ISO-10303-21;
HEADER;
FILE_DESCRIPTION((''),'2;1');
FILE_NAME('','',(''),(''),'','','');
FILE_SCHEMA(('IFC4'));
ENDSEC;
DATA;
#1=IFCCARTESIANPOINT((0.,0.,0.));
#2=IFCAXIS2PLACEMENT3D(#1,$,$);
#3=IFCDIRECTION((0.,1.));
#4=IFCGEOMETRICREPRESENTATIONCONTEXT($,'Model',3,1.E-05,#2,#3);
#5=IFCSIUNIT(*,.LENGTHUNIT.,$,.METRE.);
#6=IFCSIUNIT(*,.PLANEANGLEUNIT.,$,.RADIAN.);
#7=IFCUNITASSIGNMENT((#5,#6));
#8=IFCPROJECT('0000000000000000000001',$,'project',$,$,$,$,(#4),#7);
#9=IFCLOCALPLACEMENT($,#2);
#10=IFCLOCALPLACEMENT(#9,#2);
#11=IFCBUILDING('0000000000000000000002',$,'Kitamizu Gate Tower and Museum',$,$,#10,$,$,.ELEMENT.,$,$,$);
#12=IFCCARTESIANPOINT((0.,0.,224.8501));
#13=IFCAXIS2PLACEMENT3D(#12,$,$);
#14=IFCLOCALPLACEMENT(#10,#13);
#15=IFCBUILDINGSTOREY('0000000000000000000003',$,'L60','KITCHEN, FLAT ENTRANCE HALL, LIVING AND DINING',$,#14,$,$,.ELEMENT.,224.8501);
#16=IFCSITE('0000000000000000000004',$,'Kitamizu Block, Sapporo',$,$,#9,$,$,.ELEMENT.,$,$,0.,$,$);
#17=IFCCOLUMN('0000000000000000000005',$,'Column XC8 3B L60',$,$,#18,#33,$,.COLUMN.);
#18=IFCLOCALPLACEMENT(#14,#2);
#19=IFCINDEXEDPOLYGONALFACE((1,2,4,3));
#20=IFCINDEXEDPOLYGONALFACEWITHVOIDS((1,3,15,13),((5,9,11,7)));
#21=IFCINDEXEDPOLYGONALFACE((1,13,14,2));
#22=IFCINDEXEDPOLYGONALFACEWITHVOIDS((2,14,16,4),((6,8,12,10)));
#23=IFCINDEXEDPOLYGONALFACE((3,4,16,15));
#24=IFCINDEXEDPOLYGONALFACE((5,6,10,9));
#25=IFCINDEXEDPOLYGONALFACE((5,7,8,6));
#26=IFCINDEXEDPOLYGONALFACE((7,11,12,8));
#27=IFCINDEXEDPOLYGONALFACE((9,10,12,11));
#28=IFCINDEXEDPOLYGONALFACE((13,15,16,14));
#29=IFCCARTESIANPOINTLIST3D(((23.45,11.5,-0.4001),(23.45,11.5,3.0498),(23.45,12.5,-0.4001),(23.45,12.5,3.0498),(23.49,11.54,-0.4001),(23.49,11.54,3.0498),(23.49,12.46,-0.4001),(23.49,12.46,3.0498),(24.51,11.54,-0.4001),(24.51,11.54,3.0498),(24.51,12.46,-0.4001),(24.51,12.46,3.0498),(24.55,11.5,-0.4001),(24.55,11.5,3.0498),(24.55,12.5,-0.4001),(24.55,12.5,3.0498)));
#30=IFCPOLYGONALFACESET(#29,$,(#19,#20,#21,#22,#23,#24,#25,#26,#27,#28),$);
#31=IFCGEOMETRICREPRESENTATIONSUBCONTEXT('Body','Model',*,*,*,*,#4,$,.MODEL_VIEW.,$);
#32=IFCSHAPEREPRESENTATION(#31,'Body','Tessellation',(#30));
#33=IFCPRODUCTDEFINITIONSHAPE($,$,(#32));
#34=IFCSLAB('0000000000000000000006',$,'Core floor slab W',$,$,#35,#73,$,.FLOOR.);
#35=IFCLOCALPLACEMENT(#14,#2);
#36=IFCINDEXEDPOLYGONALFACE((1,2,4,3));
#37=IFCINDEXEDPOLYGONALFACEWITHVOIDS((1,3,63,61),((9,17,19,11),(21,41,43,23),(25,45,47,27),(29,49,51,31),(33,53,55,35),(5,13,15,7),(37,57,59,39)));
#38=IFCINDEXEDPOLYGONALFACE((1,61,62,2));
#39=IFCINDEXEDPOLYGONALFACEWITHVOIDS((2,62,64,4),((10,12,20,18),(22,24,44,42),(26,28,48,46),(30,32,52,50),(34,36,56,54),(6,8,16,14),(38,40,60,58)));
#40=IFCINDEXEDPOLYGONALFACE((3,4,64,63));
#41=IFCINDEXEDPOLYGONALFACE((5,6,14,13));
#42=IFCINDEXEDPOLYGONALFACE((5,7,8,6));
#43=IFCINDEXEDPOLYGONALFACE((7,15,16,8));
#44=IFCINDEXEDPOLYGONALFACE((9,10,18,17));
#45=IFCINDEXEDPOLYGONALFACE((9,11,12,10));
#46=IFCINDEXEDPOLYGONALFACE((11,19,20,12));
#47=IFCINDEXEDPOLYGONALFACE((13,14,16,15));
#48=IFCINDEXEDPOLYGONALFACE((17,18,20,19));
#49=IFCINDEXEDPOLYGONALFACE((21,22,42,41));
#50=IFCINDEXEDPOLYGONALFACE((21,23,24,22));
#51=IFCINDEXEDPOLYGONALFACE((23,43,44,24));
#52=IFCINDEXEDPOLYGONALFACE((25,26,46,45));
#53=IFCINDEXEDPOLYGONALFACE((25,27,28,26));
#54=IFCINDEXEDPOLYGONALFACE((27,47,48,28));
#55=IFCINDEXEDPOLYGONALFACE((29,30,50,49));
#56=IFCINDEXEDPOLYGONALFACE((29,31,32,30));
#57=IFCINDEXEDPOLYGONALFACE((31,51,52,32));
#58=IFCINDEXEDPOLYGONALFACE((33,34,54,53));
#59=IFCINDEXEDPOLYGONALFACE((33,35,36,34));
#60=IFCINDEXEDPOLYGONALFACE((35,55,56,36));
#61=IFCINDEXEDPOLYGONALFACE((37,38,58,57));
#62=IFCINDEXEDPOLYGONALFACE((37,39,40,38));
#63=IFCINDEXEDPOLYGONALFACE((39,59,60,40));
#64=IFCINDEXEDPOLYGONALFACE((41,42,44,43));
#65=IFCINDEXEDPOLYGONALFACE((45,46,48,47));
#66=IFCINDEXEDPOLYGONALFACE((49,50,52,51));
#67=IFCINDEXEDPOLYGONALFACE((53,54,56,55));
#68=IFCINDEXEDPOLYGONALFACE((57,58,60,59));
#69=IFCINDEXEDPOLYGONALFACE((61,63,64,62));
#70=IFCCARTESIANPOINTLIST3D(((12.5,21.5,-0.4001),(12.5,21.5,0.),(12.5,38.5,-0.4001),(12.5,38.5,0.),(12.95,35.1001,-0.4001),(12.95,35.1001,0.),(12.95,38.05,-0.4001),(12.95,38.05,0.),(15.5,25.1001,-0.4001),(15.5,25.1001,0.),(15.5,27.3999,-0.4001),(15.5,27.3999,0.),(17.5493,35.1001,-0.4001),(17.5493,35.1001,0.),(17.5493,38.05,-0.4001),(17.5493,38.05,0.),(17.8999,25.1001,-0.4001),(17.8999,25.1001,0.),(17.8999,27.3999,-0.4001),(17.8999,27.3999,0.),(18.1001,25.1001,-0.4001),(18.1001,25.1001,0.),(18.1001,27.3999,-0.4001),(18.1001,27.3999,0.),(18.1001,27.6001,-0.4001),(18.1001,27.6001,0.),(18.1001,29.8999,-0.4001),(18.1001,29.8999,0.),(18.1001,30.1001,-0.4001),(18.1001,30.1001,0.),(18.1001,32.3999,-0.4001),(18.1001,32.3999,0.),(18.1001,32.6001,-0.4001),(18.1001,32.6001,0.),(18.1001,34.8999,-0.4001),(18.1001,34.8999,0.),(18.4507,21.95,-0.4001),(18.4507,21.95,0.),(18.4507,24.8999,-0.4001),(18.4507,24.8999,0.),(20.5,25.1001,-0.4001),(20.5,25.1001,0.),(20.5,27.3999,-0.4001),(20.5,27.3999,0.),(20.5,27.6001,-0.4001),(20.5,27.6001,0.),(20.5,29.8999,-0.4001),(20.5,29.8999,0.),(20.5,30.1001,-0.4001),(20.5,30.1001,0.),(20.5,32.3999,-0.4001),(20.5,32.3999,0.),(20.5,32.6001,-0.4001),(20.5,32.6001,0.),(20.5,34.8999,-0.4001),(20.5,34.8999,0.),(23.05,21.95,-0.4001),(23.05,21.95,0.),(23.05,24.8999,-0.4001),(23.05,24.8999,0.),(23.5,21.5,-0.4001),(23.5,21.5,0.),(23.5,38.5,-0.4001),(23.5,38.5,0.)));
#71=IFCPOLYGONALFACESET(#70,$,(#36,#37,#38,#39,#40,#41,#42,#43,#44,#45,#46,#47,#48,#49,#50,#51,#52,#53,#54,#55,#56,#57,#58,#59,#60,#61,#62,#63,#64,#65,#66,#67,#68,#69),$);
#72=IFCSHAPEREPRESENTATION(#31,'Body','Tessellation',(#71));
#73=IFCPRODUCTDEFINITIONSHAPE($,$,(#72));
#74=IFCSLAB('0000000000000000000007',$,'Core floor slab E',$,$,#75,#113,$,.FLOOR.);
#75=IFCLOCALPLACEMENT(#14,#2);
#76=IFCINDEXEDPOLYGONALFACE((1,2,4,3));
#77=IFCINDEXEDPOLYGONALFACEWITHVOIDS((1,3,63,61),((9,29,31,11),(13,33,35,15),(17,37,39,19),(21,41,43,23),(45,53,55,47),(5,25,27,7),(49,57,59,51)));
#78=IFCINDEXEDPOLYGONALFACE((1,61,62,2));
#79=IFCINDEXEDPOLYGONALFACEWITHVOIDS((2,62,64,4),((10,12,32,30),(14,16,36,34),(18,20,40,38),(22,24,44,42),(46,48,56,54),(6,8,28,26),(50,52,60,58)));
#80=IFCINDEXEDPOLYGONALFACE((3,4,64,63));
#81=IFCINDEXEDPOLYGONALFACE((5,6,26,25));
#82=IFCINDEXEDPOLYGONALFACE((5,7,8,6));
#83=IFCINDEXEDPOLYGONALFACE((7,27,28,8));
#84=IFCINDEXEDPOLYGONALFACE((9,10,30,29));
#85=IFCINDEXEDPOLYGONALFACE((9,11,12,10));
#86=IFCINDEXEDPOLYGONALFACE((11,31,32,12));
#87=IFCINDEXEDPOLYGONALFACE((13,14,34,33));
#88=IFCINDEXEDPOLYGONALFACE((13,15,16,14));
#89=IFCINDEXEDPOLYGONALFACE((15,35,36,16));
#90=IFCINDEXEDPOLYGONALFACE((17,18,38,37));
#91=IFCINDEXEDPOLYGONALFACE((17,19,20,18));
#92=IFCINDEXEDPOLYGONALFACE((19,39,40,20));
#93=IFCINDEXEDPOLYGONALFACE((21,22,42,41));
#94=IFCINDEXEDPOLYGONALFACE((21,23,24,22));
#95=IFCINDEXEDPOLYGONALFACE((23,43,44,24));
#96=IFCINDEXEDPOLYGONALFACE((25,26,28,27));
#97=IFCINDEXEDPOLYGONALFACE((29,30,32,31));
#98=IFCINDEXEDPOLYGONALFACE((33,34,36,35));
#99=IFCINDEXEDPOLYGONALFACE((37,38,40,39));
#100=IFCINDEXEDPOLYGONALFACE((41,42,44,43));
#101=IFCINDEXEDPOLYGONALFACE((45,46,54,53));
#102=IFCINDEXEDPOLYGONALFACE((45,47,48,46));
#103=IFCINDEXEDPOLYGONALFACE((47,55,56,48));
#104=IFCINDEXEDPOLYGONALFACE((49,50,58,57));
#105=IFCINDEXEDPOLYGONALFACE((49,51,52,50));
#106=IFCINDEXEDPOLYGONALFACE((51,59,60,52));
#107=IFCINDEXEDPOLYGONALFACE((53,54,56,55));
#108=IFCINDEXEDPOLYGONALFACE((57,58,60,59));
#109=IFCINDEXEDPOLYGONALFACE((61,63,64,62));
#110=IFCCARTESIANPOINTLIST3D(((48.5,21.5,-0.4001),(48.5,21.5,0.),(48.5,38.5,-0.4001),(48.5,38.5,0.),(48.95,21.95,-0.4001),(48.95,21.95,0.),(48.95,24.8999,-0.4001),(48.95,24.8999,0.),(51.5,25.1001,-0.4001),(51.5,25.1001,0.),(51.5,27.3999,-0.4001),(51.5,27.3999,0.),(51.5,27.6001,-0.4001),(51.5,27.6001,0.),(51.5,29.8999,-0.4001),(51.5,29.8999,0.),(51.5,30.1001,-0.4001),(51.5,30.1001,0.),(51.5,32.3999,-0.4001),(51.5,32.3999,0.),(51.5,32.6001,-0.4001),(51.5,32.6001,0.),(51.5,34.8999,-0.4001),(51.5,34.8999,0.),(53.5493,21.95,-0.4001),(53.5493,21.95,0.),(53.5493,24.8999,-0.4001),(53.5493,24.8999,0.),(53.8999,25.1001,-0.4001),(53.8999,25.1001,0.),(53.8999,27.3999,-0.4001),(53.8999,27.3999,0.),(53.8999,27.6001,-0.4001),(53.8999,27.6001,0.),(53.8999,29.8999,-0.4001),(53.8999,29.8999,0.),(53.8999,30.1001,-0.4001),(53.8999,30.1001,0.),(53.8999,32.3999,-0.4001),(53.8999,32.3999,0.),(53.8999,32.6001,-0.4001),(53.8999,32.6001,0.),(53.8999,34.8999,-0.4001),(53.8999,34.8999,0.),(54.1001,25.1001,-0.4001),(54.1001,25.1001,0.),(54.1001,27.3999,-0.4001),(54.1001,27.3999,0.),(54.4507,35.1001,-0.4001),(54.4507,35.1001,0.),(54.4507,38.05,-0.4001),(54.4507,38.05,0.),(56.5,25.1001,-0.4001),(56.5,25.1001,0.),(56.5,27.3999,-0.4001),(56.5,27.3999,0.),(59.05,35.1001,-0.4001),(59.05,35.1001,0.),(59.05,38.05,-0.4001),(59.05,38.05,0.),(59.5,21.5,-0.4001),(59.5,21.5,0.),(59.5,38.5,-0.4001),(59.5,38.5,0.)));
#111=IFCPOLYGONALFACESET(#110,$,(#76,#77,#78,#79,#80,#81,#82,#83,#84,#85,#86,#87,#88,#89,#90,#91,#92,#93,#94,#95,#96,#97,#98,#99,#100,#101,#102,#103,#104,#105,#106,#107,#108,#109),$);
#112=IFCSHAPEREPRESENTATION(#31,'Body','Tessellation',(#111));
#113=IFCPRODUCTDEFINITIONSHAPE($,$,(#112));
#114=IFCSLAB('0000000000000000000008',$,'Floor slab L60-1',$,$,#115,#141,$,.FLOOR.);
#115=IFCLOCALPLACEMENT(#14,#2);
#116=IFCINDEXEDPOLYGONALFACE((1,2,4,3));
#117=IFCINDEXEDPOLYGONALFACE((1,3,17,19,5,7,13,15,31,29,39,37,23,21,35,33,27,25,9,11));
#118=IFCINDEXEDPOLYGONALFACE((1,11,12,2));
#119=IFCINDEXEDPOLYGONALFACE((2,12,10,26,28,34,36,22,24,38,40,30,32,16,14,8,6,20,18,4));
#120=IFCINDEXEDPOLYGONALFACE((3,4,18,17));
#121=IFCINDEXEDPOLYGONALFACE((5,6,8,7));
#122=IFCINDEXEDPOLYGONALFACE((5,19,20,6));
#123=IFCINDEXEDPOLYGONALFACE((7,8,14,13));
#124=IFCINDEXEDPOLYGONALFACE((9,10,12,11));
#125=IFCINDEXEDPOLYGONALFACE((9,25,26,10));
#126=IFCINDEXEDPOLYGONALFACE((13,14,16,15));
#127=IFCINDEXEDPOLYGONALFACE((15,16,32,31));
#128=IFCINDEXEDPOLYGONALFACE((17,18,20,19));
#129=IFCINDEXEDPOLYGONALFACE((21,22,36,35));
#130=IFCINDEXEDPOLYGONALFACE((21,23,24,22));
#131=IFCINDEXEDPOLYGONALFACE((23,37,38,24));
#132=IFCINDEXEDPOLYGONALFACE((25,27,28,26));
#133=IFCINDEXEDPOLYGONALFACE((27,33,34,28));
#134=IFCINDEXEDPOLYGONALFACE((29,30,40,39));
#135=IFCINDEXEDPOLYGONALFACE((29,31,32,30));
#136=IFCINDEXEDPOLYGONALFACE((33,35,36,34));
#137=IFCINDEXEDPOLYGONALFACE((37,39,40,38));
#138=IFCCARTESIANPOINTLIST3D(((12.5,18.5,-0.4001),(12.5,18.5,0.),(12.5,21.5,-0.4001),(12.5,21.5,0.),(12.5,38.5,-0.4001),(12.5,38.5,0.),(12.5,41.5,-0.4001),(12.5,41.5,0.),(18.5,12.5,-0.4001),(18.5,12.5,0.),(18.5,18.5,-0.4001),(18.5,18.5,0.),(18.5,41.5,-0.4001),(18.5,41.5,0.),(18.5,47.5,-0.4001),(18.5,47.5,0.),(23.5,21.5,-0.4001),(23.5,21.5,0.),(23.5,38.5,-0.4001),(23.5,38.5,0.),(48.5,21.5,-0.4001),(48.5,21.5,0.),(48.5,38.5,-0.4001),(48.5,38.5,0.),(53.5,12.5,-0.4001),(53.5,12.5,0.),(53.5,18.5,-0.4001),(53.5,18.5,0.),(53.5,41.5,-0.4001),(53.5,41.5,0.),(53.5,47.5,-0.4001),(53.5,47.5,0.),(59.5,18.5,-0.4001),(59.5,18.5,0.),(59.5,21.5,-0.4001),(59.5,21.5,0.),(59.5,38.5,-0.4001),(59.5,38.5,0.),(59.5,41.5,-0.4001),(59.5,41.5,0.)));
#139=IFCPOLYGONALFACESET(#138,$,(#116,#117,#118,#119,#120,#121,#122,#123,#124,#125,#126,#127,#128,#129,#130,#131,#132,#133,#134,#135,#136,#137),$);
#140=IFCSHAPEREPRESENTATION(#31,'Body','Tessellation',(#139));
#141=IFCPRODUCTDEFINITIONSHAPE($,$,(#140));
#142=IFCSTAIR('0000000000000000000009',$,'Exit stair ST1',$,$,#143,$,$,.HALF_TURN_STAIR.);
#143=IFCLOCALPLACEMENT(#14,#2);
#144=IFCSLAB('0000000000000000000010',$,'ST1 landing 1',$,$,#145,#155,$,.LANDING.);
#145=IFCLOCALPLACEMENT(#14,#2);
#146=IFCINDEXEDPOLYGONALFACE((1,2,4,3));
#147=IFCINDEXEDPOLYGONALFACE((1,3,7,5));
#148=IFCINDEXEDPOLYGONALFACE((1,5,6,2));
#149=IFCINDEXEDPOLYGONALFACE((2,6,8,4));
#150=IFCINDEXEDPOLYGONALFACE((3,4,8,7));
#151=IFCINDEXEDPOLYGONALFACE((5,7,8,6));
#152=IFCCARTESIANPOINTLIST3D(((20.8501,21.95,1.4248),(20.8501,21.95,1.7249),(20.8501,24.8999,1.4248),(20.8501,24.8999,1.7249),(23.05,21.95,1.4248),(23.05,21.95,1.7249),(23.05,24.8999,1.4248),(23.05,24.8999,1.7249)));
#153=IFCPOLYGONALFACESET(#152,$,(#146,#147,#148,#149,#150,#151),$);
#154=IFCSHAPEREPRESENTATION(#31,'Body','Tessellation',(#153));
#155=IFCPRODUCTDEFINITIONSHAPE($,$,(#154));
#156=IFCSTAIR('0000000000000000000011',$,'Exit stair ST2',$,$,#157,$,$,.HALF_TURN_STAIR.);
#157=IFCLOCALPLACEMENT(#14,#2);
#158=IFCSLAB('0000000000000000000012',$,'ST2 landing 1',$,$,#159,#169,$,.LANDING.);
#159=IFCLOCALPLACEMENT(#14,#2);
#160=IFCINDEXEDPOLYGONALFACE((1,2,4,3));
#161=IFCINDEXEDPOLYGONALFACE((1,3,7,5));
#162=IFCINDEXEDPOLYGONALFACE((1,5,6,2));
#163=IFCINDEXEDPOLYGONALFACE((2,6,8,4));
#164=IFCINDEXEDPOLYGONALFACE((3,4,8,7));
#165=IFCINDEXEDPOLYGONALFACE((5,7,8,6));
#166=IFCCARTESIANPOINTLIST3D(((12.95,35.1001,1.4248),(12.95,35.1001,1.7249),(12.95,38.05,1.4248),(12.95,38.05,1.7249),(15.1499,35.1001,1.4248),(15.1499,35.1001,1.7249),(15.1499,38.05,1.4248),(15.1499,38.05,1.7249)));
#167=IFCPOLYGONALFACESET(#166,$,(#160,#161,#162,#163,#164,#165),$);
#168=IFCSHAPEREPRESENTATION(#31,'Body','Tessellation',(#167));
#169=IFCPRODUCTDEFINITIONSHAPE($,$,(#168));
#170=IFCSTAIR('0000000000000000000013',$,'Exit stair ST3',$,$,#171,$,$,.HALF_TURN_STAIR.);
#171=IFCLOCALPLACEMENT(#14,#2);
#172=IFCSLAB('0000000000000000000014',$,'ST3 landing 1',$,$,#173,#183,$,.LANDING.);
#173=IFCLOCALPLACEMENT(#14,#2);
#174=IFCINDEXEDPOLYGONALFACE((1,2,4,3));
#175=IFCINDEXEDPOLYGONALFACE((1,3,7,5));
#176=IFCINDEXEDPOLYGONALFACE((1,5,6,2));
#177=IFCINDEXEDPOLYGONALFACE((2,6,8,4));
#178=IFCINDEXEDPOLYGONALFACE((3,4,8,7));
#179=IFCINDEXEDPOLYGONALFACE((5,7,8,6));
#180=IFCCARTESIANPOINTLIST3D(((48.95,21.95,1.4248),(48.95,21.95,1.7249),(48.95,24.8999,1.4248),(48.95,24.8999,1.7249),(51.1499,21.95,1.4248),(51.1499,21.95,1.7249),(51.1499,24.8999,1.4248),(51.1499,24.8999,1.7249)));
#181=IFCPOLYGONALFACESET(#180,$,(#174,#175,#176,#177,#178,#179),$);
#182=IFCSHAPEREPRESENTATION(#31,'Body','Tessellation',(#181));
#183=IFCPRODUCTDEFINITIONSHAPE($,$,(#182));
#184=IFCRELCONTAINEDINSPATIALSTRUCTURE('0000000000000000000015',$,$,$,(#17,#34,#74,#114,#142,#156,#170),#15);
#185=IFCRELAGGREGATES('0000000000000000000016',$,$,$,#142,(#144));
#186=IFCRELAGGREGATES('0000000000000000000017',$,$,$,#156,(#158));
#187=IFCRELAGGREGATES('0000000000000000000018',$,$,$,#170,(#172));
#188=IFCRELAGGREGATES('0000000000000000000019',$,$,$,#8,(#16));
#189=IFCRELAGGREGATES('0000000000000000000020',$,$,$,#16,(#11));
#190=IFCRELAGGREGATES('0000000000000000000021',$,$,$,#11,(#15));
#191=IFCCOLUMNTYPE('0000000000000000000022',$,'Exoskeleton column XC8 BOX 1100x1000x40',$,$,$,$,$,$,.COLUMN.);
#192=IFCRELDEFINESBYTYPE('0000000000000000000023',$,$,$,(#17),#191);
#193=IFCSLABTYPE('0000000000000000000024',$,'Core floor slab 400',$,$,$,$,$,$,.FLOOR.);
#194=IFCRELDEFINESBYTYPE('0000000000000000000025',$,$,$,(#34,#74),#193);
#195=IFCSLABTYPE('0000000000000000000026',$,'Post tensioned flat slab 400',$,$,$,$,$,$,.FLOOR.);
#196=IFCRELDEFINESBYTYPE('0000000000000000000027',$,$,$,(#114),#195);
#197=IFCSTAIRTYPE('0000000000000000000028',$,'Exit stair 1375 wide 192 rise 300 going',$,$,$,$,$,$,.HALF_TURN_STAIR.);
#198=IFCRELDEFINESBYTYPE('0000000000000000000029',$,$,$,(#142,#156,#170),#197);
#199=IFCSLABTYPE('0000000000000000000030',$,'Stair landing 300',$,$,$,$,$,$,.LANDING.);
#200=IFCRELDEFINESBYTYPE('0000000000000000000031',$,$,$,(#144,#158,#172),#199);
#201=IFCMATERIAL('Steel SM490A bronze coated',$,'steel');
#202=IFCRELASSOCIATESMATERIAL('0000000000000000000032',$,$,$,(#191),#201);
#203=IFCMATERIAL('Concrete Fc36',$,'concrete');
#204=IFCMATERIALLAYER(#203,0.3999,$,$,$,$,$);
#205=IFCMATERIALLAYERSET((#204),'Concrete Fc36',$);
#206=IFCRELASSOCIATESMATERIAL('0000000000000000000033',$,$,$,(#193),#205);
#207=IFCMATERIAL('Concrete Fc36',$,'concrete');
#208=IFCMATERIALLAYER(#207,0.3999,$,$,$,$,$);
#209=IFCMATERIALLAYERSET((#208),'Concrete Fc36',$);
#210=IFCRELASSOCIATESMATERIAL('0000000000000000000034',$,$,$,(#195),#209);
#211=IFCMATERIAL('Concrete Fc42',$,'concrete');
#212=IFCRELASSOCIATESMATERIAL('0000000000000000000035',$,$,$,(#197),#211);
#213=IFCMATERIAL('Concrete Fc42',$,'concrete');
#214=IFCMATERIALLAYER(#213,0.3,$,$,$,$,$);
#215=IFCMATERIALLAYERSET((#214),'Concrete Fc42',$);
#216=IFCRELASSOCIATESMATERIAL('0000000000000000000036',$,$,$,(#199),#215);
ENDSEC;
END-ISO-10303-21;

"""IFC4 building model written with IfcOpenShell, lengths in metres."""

from ifc_helpers import new_model, si_unit, direction, frame, origin, origin_2d, place, context, subcontext, project, spatial, polyline, hollow_rectangle, outline, extrude, material, layer, layer_set, material_profile, profile_set, type_object, element, aggregate, save


model = new_model("IFC4")

# Units and contexts
model_context = context("Model", 3, precision=1e-05, world=origin(), true_north=direction((0.0, 1.0)))
body_context = subcontext(model_context, "Body", "Model", "MODEL_VIEW")
ifc_project = project(units=[si_unit("LENGTHUNIT", "METRE"), si_unit("PLANEANGLEUNIT", "RADIAN")], contexts=[model_context])

# Site, building, storey
site_placement = place(None, origin())
site = spatial("IfcSite", under=ifc_project, at=site_placement, Name="Kitamizu Block, Sapporo", CompositionType="ELEMENT", RefElevation=0.0)
building_placement = place(site_placement, origin())
building = spatial("IfcBuilding", under=site, at=building_placement, Name="Kitamizu Gate Tower and Museum", CompositionType="ELEMENT")
storey_placement = place(building_placement, frame((0.0, 0.0, 224.8501)))
storey = spatial("IfcBuildingStorey", under=building, at=storey_placement, Name="L60", Description="KITCHEN, FLAT ENTRANCE HALL, LIVING AND DINING", CompositionType="ELEMENT", Elevation=224.8501)

# Column
ifc_material_1 = material(Name="Steel SM490A bronze coated", Category="steel")
ifc_material_profile = material_profile(ifc_material_1, hollow_rectangle(XDim=1.1001, YDim=1.0, WallThickness=0.04, at=origin_2d()), Name="BOX 1100x1000x40")
ifc_profile_set = profile_set([ifc_material_profile], Name="Steel SM490A bronze coated")
column_type = type_object("IfcColumnType", Name="Exoskeleton column XC8 BOX 1100x1000x40", PredefinedType="COLUMN", material=ifc_profile_set)
column_placement = place(storey_placement, frame((24.0, 12.0, -0.4001), z_axis=(0.0, 0.0, 1.0), x_axis=(1.0, 0.0, 0.0)))
element("IfcColumn", 1, at=column_placement, inside=storey, type_object=column_type, Name="Column XC8 3B L60", PredefinedType="COLUMN", context=body_context, shape_type="SweptSolid", body=[
    extrude(hollow_rectangle(XDim=1.1001, YDim=1.0, WallThickness=0.04, at=origin_2d()), origin(), (0.0, 0.0, 1.0), 3.45),
])

# Slabs
ifc_material_2 = material(Name="Concrete Fc36", Category="concrete")
ifc_layer_1 = layer(ifc_material_2, 0.3999)
ifc_layer_set_1 = layer_set([ifc_layer_1], Name="Concrete Fc36")
slab_type_1 = type_object("IfcSlabType", Name="Core floor slab 400", PredefinedType="FLOOR", material=ifc_layer_set_1)
slab_1_placement = place(storey_placement, frame((0.0, 0.0, -0.4001)))
element("IfcSlab", 2, at=slab_1_placement, inside=storey, type_object=slab_type_1, Name="Core floor slab W", PredefinedType="FLOOR", context=body_context, shape_type="SweptSolid", body=[
    extrude(outline(polyline([(12.5, 21.5), (23.5, 21.5), (23.5, 38.5), (12.5, 38.5), (12.5, 21.5)]), holes=[polyline([(15.5, 25.1001), (17.8999, 25.1001), (17.8999, 27.3999), (15.5, 27.3999), (15.5, 25.1001)]), polyline([(18.1001, 25.1001), (20.5, 25.1001), (20.5, 27.3999), (18.1001, 27.3999), (18.1001, 25.1001)]), polyline([(18.1001, 27.6001), (20.5, 27.6001), (20.5, 29.8999), (18.1001, 29.8999), (18.1001, 27.6001)]), polyline([(18.1001, 30.1001), (20.5, 30.1001), (20.5, 32.3999), (18.1001, 32.3999), (18.1001, 30.1001)]), polyline([(18.1001, 32.6001), (20.5, 32.6001), (20.5, 34.8999), (18.1001, 34.8999), (18.1001, 32.6001)]), polyline([(18.4507, 21.95), (23.05, 21.95), (23.05, 24.8999), (18.4507, 24.8999), (18.4507, 21.95)]), polyline([(12.95, 35.1001), (17.5493, 35.1001), (17.5493, 38.05), (12.95, 38.05), (12.95, 35.1001)])]), origin(), (0.0, 0.0, 1.0), 0.4001),
])
slab_2_placement = place(storey_placement, frame((0.0, 0.0, -0.4001)))
element("IfcSlab", 3, at=slab_2_placement, inside=storey, type_object=slab_type_1, Name="Core floor slab E", PredefinedType="FLOOR", context=body_context, shape_type="SweptSolid", body=[
    extrude(outline(polyline([(48.5, 21.5), (59.5, 21.5), (59.5, 38.5), (48.5, 38.5), (48.5, 21.5)]), holes=[polyline([(54.1001, 25.1001), (56.5, 25.1001), (56.5, 27.3999), (54.1001, 27.3999), (54.1001, 25.1001)]), polyline([(51.5, 25.1001), (53.8999, 25.1001), (53.8999, 27.3999), (51.5, 27.3999), (51.5, 25.1001)]), polyline([(51.5, 27.6001), (53.8999, 27.6001), (53.8999, 29.8999), (51.5, 29.8999), (51.5, 27.6001)]), polyline([(51.5, 30.1001), (53.8999, 30.1001), (53.8999, 32.3999), (51.5, 32.3999), (51.5, 30.1001)]), polyline([(51.5, 32.6001), (53.8999, 32.6001), (53.8999, 34.8999), (51.5, 34.8999), (51.5, 32.6001)]), polyline([(48.95, 21.95), (53.5493, 21.95), (53.5493, 24.8999), (48.95, 24.8999), (48.95, 21.95)]), polyline([(54.4507, 35.1001), (59.05, 35.1001), (59.05, 38.05), (54.4507, 38.05), (54.4507, 35.1001)])]), origin(), (0.0, 0.0, 1.0), 0.4001),
])
ifc_material_3 = material(Name="Concrete Fc36", Category="concrete")
ifc_layer_2 = layer(ifc_material_3, 0.3999)
ifc_layer_set_2 = layer_set([ifc_layer_2], Name="Concrete Fc36")
slab_type_2 = type_object("IfcSlabType", Name="Post tensioned flat slab 400", PredefinedType="FLOOR", material=ifc_layer_set_2)
slab_3_placement = place(storey_placement, frame((0.0, 0.0, -0.4001)))
element("IfcSlab", 4, at=slab_3_placement, inside=storey, type_object=slab_type_2, Name="Floor slab L60-1", PredefinedType="FLOOR", context=body_context, shape_type="SweptSolid", body=[
    extrude(outline(polyline([(12.5, 18.5), (12.5, 21.5), (23.5, 21.5), (23.5, 38.5), (12.5, 38.5), (12.5, 41.5), (18.5, 41.5), (18.5, 47.5), (53.5, 47.5), (53.5, 41.5), (59.5, 41.5), (59.5, 38.5), (48.5, 38.5), (48.5, 21.5), (59.5, 21.5), (59.5, 18.5), (53.5, 18.5), (53.5, 12.5), (18.5, 12.5), (18.5, 18.5), (12.5, 18.5)])), origin(), (0.0, 0.0, 1.0), 0.4001),
])

# Stairs, slabs
ifc_material_4 = material(Name="Concrete Fc42", Category="concrete")
stair_type = type_object("IfcStairType", Name="Exit stair 1375 wide 192 rise 300 going", PredefinedType="HALF_TURN_STAIR", material=ifc_material_4)
stair_1_placement = place(storey_placement, origin())
stair_1 = element("IfcStair", 5, at=stair_1_placement, inside=storey, type_object=stair_type, Name="Exit stair ST1", PredefinedType="HALF_TURN_STAIR")
ifc_material_5 = material(Name="Concrete Fc42", Category="concrete")
ifc_layer_3 = layer(ifc_material_5, 0.3)
ifc_layer_set_3 = layer_set([ifc_layer_3], Name="Concrete Fc42")
slab_type_3 = type_object("IfcSlabType", Name="Stair landing 300", PredefinedType="LANDING", material=ifc_layer_set_3)
slab_4_placement = place(storey_placement, frame((0.0, 0.0, 1.4248)))
slab_4 = element("IfcSlab", 6, at=slab_4_placement, type_object=slab_type_3, Name="ST1 landing 1", PredefinedType="LANDING", context=body_context, shape_type="SweptSolid", body=[
    extrude(outline(polyline([(20.8501, 21.95), (23.05, 21.95), (23.05, 24.8999), (20.8501, 24.8999), (20.8501, 21.95)])), origin(), (0.0, 0.0, 1.0), 0.3),
])
aggregate(stair_1, [slab_4])
stair_2_placement = place(storey_placement, origin())
stair_2 = element("IfcStair", 7, at=stair_2_placement, inside=storey, type_object=stair_type, Name="Exit stair ST2", PredefinedType="HALF_TURN_STAIR")
slab_5_placement = place(storey_placement, frame((0.0, 0.0, 1.4248)))
slab_5 = element("IfcSlab", 8, at=slab_5_placement, type_object=slab_type_3, Name="ST2 landing 1", PredefinedType="LANDING", context=body_context, shape_type="SweptSolid", body=[
    extrude(outline(polyline([(12.95, 35.1001), (15.1499, 35.1001), (15.1499, 38.05), (12.95, 38.05), (12.95, 35.1001)])), origin(), (0.0, 0.0, 1.0), 0.3),
])
aggregate(stair_2, [slab_5])
stair_3_placement = place(storey_placement, origin())
stair_3 = element("IfcStair", 9, at=stair_3_placement, inside=storey, type_object=stair_type, Name="Exit stair ST3", PredefinedType="HALF_TURN_STAIR")
slab_6_placement = place(storey_placement, frame((0.0, 0.0, 1.4248)))
slab_6 = element("IfcSlab", 10, at=slab_6_placement, type_object=slab_type_3, Name="ST3 landing 1", PredefinedType="LANDING", context=body_context, shape_type="SweptSolid", body=[
    extrude(outline(polyline([(48.95, 21.95), (51.1499, 21.95), (51.1499, 24.8999), (48.95, 24.8999), (48.95, 21.95)])), origin(), (0.0, 0.0, 1.0), 0.3),
])
aggregate(stair_3, [slab_6])

save(model, "model.ifc")
